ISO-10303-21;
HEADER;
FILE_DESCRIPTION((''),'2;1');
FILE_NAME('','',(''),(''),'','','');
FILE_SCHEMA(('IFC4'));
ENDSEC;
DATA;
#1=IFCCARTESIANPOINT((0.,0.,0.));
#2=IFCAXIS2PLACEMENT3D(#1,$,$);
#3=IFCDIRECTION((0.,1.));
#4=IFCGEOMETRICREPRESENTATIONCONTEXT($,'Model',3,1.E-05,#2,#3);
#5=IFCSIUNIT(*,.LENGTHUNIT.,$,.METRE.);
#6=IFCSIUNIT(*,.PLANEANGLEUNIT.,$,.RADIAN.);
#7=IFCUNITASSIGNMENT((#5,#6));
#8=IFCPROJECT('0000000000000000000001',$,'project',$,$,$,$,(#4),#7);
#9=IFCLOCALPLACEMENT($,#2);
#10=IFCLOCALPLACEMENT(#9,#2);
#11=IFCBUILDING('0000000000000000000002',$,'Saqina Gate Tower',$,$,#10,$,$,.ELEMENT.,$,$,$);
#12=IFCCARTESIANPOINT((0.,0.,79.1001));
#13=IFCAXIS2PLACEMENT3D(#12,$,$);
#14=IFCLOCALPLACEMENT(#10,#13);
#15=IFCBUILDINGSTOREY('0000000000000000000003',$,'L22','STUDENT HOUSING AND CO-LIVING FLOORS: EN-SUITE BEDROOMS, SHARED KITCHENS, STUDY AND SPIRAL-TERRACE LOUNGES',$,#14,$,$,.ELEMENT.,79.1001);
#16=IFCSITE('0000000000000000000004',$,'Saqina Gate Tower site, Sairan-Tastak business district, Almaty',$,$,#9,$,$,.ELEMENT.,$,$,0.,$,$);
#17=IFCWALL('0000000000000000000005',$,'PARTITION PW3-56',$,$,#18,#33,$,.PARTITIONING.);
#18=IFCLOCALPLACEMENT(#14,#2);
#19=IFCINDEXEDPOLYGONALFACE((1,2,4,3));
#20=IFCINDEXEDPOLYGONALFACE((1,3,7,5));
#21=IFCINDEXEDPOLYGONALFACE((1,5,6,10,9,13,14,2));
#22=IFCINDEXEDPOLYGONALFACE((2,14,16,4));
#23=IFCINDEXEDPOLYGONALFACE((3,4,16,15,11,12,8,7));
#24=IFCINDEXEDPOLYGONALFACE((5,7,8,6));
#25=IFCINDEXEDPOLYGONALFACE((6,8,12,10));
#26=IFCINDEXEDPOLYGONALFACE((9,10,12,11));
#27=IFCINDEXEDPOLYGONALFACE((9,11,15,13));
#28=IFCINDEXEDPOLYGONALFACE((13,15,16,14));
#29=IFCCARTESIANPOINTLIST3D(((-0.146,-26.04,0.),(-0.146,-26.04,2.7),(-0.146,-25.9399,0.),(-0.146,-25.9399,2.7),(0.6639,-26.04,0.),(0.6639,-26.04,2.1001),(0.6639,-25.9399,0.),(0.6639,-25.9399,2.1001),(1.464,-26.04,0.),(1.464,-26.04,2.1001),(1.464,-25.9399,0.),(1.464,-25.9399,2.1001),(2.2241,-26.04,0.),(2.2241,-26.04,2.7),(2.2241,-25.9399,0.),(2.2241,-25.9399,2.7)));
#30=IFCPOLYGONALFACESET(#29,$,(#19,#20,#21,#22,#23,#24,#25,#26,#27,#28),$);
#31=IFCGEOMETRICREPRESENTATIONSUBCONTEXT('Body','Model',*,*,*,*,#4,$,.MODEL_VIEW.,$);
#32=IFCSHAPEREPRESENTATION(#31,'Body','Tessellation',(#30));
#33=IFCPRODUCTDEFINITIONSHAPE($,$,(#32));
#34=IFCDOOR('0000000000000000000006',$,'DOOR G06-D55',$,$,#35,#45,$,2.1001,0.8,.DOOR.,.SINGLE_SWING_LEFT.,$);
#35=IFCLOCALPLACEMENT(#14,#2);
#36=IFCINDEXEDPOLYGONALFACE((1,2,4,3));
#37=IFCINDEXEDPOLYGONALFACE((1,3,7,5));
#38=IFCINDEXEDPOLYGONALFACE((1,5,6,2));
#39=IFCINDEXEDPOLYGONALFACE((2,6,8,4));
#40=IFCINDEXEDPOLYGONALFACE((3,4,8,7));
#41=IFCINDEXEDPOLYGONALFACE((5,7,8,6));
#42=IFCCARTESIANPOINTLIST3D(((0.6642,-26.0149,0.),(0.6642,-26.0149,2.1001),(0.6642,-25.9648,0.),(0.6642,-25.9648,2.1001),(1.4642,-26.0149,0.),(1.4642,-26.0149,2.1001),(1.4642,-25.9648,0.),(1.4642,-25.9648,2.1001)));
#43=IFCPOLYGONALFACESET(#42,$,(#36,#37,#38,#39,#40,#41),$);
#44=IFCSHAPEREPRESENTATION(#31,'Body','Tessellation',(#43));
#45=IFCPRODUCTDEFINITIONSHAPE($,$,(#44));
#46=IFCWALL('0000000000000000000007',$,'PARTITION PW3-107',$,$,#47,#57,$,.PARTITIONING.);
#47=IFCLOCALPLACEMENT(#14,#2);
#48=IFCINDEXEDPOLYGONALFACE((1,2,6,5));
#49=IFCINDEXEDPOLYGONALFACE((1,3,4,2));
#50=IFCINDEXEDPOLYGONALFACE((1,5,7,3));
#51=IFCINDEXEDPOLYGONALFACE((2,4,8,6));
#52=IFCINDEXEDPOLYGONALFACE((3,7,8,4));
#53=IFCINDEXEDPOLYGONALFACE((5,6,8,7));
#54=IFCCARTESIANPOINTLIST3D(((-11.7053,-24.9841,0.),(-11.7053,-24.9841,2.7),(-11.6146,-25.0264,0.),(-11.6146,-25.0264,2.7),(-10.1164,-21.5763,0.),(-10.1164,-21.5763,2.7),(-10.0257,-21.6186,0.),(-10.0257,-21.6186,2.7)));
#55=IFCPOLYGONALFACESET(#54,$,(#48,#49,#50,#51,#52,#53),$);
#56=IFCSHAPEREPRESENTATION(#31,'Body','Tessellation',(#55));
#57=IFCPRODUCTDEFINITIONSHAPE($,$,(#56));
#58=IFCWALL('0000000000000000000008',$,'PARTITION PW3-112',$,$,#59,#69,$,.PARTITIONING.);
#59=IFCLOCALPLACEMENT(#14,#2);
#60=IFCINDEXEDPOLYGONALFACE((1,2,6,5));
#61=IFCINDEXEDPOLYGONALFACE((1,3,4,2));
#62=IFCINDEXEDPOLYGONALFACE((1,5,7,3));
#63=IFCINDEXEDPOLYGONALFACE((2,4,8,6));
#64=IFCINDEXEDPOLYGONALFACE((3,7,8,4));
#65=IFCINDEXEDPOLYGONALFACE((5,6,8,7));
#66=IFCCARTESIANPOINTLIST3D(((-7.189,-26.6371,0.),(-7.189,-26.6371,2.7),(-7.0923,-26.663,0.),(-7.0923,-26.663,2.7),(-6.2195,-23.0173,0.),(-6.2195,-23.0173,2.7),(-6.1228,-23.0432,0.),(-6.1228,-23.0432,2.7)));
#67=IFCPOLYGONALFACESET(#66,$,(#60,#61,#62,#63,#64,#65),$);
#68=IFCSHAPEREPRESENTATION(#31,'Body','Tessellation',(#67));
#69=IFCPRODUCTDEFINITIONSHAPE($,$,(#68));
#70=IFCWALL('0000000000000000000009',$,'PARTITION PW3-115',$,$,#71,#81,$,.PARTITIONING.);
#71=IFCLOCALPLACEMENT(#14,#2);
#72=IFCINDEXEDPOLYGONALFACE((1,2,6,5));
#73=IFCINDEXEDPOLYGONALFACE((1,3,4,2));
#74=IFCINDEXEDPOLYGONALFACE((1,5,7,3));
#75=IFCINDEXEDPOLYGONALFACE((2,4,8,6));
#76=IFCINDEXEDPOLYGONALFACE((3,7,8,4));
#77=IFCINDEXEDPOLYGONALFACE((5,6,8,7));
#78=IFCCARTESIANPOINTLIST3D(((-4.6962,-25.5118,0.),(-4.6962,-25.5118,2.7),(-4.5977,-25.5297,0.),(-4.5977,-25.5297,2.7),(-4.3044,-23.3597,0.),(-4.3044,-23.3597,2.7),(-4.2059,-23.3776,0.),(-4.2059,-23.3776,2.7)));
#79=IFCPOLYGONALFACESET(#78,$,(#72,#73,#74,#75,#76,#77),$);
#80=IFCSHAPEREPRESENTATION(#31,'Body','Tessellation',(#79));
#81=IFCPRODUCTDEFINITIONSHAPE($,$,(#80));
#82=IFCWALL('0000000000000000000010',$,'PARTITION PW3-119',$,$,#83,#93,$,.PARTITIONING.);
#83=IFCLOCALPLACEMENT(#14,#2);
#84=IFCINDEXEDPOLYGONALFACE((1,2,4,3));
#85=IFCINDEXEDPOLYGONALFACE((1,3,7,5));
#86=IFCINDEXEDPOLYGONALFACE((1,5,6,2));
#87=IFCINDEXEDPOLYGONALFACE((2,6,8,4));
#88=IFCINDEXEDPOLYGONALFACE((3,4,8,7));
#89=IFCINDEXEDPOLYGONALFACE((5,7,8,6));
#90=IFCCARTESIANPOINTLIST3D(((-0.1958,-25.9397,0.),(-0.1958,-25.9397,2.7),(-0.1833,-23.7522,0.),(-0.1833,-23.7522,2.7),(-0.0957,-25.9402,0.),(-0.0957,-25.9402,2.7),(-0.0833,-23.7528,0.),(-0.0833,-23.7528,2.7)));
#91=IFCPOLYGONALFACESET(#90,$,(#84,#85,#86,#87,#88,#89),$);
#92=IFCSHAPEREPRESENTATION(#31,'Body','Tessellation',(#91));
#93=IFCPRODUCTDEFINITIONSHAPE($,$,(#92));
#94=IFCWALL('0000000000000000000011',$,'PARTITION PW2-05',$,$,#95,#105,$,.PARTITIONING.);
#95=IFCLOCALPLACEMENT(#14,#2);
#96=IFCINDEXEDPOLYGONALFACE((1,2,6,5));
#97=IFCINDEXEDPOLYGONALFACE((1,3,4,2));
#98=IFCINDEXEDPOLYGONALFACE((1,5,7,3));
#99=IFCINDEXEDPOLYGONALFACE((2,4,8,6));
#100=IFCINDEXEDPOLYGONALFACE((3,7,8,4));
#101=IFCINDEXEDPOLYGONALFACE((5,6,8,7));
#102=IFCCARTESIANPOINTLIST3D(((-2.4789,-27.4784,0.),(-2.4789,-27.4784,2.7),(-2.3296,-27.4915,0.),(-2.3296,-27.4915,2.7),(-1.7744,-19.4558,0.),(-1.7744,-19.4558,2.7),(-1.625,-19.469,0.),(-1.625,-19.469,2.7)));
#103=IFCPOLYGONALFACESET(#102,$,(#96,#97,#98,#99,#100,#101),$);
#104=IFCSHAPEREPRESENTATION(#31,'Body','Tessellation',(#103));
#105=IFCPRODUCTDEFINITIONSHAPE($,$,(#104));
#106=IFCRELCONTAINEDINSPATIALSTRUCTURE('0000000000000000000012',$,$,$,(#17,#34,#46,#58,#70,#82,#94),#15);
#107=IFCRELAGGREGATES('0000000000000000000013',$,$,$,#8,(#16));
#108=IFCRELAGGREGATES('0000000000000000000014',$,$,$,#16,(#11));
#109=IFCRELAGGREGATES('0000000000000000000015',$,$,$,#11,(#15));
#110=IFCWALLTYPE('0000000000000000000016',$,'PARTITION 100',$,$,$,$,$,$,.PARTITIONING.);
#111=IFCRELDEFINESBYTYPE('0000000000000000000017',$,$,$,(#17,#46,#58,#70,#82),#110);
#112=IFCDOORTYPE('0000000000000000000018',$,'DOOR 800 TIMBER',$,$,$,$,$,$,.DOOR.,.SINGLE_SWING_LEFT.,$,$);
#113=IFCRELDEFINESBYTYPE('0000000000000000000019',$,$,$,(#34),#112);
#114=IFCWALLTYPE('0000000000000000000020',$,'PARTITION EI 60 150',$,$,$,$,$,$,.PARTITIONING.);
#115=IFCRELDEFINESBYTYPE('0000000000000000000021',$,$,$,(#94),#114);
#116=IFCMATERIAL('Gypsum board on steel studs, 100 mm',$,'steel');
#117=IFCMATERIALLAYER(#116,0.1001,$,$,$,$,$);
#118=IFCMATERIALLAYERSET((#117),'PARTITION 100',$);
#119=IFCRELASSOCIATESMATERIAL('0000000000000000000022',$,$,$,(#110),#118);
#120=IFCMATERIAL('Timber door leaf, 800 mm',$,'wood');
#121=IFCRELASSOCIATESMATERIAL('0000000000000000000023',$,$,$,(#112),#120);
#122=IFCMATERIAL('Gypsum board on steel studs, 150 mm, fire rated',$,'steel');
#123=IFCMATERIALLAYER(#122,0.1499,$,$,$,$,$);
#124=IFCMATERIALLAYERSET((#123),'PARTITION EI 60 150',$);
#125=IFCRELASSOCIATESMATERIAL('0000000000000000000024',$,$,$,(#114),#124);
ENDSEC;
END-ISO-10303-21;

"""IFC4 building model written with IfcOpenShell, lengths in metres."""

from ifc_helpers import new_model, si_unit, direction, frame, frame_2d, origin, place, context, subcontext, project, spatial, rectangle, extrude, material, layer, layer_set, type_object, element, fill, save


model = new_model("IFC4")

# Units and contexts
model_context = context("Model", 3, precision=1e-05, world=origin(), true_north=direction((0.0, 1.0)))
body_context = subcontext(model_context, "Body", "Model", "MODEL_VIEW")
ifc_project = project(units=[si_unit("LENGTHUNIT", "METRE"), si_unit("PLANEANGLEUNIT", "RADIAN")], contexts=[model_context])

# Site, building, storey
site_placement = place(None, origin())
site = spatial("IfcSite", under=ifc_project, at=site_placement, Name="Saqina Gate Tower site, Sairan-Tastak business district, Almaty", CompositionType="ELEMENT", RefElevation=0.0)
building_placement = place(site_placement, origin())
building = spatial("IfcBuilding", under=site, at=building_placement, Name="Saqina Gate Tower", CompositionType="ELEMENT")
storey_placement = place(building_placement, frame((0.0, 0.0, 79.1001)))
storey = spatial("IfcBuildingStorey", under=building, at=storey_placement, Name="L22", Description="STUDENT HOUSING AND CO-LIVING FLOORS: EN-SUITE BEDROOMS, SHARED KITCHENS, STUDY AND SPIRAL-TERRACE LOUNGES", CompositionType="ELEMENT", Elevation=79.1001)

# Wall, opening, door
ifc_material_1 = material(Name="Gypsum board on steel studs, 100 mm", Category="steel")
ifc_layer_1 = layer(ifc_material_1, 0.1001)
ifc_layer_set_1 = layer_set([ifc_layer_1], Name="PARTITION 100")
wall_type_1 = type_object("IfcWallType", Name="PARTITION 100", PredefinedType="PARTITIONING", material=ifc_layer_set_1)
ifc_material_2 = material(Name="Timber door leaf, 800 mm", Category="wood")
door_type = type_object("IfcDoorType", Name="DOOR 800 TIMBER", OperationType="SINGLE_SWING_LEFT", PredefinedType="DOOR", material=ifc_material_2)
wall_1_placement = place(storey_placement, frame((-0.146, -25.99, 0.0), z_axis=(0.0, 0.0, 1.0), x_axis=(1.0, 0.0, 0.0)))
wall_1 = element("IfcWall", 1, at=wall_1_placement, inside=storey, type_object=wall_type_1, Name="PARTITION PW3-56", PredefinedType="PARTITIONING", context=body_context, shape_type="SweptSolid", body=[
    extrude(rectangle(XDim=2.3701, YDim=0.1001, at=frame_2d((1.1851, 0.0))), origin(), (0.0, 0.0, 1.0), 2.7),
])
opening_1_placement = place(wall_1_placement, frame((0.8101, 0.0, 0.0)))
opening_1 = element("IfcOpeningElement", 2, at=opening_1_placement, cuts=wall_1, PredefinedType="OPENING", context=body_context, shape_type="SweptSolid", body=[
    extrude(rectangle(XDim=0.8, YDim=2.1001, at=frame_2d((0.3999, 1.05))), frame((0.0, 0.062, 0.0), z_axis=(0.0, -1.0, 0.0), x_axis=(1.0, 0.0, 0.0)), (0.0, 0.0, 1.0), 0.124),
])
door_1_placement = place(opening_1_placement, frame((0.8, 0.0, 0.0), z_axis=(0.0, 0.0, 1.0), x_axis=(-1.0, 0.0, 0.0)))
door_1 = element("IfcDoor", 3, at=door_1_placement, inside=storey, type_object=door_type, Name="DOOR G06-D55", OperationType="SINGLE_SWING_LEFT", OverallHeight=2.1001, OverallWidth=0.8, PredefinedType="DOOR", context=body_context, shape_type="SweptSolid", body=[
    extrude(rectangle(XDim=0.8, YDim=2.1001, at=frame_2d((0.3999, 1.05))), frame((0.0, 0.0249, 0.0), z_axis=(0.0, -1.0, 0.0), x_axis=(1.0, 0.0, 0.0)), (0.0, 0.0, 1.0), 0.05),
])
fill(opening_1, door_1)

# Walls
wall_2_placement = place(storey_placement, frame((-11.6599, -25.0051, 0.0), z_axis=(0.0, 0.0, 1.0), x_axis=(0.42258, 0.906326, 0.0)))
element("IfcWall", 4, at=wall_2_placement, inside=storey, type_object=wall_type_1, Name="PARTITION PW3-107", PredefinedType="PARTITIONING", context=body_context, shape_type="SweptSolid", body=[
    extrude(rectangle(XDim=3.76, YDim=0.1001, at=frame_2d((1.8799, 0.0))), origin(), (0.0, 0.0, 1.0), 2.7),
])
wall_3_placement = place(storey_placement, frame((-7.1406, -26.6499, 0.0), z_axis=(0.0, 0.0, 1.0), x_axis=(0.258721, 0.965952, 0.0)))
element("IfcWall", 5, at=wall_3_placement, inside=storey, type_object=wall_type_1, Name="PARTITION PW3-112", PredefinedType="PARTITIONING", context=body_context, shape_type="SweptSolid", body=[
    extrude(rectangle(XDim=3.7473, YDim=0.1001, at=frame_2d((1.8735, 0.0))), origin(), (0.0, 0.0, 1.0), 2.7),
])
for number, where, z_axis, x_axis, name in (
    (6, (-4.647, -25.5208, 0.0), (0.0, 0.0, 1.0), (0.179131, 0.983825, 0.0), "PARTITION PW3-115"),
    (7, (-0.1458, -25.9399, 0.0), (0.0, 0.0, 1.0), (0.005692, 0.999984, 0.0), "PARTITION PW3-119"),
):
    element("IfcWall", number, at=place(storey_placement, frame(where, z_axis=z_axis, x_axis=x_axis)), inside=storey, type_object=wall_type_1, Name=name, PredefinedType="PARTITIONING", context=body_context, shape_type="SweptSolid", body=[
        extrude(rectangle(XDim=2.1875, YDim=0.1001, at=frame_2d((1.0938, 0.0))), origin(), (0.0, 0.0, 1.0), 2.7),
    ])
ifc_material_3 = material(Name="Gypsum board on steel studs, 150 mm, fire rated", Category="steel")
ifc_layer_2 = layer(ifc_material_3, 0.1499)
ifc_layer_set_2 = layer_set([ifc_layer_2], Name="PARTITION EI 60 150")
wall_type_2 = type_object("IfcWallType", Name="PARTITION EI 60 150", PredefinedType="PARTITIONING", material=ifc_layer_set_2)
wall_4_placement = place(storey_placement, frame((-2.4043, -27.4851, 0.0), z_axis=(0.0, 0.0, 1.0), x_axis=(0.087488, 0.996166, 0.0)))
element("IfcWall", 8, at=wall_4_placement, inside=storey, type_object=wall_type_2, Name="PARTITION PW2-05", PredefinedType="PARTITIONING", context=body_context, shape_type="SweptSolid", body=[
    extrude(rectangle(XDim=8.0535, YDim=0.1499, at=frame_2d((4.0269, 0.0))), origin(), (0.0, 0.0, 1.0), 2.7),
])

save(model, "model.ifc")
